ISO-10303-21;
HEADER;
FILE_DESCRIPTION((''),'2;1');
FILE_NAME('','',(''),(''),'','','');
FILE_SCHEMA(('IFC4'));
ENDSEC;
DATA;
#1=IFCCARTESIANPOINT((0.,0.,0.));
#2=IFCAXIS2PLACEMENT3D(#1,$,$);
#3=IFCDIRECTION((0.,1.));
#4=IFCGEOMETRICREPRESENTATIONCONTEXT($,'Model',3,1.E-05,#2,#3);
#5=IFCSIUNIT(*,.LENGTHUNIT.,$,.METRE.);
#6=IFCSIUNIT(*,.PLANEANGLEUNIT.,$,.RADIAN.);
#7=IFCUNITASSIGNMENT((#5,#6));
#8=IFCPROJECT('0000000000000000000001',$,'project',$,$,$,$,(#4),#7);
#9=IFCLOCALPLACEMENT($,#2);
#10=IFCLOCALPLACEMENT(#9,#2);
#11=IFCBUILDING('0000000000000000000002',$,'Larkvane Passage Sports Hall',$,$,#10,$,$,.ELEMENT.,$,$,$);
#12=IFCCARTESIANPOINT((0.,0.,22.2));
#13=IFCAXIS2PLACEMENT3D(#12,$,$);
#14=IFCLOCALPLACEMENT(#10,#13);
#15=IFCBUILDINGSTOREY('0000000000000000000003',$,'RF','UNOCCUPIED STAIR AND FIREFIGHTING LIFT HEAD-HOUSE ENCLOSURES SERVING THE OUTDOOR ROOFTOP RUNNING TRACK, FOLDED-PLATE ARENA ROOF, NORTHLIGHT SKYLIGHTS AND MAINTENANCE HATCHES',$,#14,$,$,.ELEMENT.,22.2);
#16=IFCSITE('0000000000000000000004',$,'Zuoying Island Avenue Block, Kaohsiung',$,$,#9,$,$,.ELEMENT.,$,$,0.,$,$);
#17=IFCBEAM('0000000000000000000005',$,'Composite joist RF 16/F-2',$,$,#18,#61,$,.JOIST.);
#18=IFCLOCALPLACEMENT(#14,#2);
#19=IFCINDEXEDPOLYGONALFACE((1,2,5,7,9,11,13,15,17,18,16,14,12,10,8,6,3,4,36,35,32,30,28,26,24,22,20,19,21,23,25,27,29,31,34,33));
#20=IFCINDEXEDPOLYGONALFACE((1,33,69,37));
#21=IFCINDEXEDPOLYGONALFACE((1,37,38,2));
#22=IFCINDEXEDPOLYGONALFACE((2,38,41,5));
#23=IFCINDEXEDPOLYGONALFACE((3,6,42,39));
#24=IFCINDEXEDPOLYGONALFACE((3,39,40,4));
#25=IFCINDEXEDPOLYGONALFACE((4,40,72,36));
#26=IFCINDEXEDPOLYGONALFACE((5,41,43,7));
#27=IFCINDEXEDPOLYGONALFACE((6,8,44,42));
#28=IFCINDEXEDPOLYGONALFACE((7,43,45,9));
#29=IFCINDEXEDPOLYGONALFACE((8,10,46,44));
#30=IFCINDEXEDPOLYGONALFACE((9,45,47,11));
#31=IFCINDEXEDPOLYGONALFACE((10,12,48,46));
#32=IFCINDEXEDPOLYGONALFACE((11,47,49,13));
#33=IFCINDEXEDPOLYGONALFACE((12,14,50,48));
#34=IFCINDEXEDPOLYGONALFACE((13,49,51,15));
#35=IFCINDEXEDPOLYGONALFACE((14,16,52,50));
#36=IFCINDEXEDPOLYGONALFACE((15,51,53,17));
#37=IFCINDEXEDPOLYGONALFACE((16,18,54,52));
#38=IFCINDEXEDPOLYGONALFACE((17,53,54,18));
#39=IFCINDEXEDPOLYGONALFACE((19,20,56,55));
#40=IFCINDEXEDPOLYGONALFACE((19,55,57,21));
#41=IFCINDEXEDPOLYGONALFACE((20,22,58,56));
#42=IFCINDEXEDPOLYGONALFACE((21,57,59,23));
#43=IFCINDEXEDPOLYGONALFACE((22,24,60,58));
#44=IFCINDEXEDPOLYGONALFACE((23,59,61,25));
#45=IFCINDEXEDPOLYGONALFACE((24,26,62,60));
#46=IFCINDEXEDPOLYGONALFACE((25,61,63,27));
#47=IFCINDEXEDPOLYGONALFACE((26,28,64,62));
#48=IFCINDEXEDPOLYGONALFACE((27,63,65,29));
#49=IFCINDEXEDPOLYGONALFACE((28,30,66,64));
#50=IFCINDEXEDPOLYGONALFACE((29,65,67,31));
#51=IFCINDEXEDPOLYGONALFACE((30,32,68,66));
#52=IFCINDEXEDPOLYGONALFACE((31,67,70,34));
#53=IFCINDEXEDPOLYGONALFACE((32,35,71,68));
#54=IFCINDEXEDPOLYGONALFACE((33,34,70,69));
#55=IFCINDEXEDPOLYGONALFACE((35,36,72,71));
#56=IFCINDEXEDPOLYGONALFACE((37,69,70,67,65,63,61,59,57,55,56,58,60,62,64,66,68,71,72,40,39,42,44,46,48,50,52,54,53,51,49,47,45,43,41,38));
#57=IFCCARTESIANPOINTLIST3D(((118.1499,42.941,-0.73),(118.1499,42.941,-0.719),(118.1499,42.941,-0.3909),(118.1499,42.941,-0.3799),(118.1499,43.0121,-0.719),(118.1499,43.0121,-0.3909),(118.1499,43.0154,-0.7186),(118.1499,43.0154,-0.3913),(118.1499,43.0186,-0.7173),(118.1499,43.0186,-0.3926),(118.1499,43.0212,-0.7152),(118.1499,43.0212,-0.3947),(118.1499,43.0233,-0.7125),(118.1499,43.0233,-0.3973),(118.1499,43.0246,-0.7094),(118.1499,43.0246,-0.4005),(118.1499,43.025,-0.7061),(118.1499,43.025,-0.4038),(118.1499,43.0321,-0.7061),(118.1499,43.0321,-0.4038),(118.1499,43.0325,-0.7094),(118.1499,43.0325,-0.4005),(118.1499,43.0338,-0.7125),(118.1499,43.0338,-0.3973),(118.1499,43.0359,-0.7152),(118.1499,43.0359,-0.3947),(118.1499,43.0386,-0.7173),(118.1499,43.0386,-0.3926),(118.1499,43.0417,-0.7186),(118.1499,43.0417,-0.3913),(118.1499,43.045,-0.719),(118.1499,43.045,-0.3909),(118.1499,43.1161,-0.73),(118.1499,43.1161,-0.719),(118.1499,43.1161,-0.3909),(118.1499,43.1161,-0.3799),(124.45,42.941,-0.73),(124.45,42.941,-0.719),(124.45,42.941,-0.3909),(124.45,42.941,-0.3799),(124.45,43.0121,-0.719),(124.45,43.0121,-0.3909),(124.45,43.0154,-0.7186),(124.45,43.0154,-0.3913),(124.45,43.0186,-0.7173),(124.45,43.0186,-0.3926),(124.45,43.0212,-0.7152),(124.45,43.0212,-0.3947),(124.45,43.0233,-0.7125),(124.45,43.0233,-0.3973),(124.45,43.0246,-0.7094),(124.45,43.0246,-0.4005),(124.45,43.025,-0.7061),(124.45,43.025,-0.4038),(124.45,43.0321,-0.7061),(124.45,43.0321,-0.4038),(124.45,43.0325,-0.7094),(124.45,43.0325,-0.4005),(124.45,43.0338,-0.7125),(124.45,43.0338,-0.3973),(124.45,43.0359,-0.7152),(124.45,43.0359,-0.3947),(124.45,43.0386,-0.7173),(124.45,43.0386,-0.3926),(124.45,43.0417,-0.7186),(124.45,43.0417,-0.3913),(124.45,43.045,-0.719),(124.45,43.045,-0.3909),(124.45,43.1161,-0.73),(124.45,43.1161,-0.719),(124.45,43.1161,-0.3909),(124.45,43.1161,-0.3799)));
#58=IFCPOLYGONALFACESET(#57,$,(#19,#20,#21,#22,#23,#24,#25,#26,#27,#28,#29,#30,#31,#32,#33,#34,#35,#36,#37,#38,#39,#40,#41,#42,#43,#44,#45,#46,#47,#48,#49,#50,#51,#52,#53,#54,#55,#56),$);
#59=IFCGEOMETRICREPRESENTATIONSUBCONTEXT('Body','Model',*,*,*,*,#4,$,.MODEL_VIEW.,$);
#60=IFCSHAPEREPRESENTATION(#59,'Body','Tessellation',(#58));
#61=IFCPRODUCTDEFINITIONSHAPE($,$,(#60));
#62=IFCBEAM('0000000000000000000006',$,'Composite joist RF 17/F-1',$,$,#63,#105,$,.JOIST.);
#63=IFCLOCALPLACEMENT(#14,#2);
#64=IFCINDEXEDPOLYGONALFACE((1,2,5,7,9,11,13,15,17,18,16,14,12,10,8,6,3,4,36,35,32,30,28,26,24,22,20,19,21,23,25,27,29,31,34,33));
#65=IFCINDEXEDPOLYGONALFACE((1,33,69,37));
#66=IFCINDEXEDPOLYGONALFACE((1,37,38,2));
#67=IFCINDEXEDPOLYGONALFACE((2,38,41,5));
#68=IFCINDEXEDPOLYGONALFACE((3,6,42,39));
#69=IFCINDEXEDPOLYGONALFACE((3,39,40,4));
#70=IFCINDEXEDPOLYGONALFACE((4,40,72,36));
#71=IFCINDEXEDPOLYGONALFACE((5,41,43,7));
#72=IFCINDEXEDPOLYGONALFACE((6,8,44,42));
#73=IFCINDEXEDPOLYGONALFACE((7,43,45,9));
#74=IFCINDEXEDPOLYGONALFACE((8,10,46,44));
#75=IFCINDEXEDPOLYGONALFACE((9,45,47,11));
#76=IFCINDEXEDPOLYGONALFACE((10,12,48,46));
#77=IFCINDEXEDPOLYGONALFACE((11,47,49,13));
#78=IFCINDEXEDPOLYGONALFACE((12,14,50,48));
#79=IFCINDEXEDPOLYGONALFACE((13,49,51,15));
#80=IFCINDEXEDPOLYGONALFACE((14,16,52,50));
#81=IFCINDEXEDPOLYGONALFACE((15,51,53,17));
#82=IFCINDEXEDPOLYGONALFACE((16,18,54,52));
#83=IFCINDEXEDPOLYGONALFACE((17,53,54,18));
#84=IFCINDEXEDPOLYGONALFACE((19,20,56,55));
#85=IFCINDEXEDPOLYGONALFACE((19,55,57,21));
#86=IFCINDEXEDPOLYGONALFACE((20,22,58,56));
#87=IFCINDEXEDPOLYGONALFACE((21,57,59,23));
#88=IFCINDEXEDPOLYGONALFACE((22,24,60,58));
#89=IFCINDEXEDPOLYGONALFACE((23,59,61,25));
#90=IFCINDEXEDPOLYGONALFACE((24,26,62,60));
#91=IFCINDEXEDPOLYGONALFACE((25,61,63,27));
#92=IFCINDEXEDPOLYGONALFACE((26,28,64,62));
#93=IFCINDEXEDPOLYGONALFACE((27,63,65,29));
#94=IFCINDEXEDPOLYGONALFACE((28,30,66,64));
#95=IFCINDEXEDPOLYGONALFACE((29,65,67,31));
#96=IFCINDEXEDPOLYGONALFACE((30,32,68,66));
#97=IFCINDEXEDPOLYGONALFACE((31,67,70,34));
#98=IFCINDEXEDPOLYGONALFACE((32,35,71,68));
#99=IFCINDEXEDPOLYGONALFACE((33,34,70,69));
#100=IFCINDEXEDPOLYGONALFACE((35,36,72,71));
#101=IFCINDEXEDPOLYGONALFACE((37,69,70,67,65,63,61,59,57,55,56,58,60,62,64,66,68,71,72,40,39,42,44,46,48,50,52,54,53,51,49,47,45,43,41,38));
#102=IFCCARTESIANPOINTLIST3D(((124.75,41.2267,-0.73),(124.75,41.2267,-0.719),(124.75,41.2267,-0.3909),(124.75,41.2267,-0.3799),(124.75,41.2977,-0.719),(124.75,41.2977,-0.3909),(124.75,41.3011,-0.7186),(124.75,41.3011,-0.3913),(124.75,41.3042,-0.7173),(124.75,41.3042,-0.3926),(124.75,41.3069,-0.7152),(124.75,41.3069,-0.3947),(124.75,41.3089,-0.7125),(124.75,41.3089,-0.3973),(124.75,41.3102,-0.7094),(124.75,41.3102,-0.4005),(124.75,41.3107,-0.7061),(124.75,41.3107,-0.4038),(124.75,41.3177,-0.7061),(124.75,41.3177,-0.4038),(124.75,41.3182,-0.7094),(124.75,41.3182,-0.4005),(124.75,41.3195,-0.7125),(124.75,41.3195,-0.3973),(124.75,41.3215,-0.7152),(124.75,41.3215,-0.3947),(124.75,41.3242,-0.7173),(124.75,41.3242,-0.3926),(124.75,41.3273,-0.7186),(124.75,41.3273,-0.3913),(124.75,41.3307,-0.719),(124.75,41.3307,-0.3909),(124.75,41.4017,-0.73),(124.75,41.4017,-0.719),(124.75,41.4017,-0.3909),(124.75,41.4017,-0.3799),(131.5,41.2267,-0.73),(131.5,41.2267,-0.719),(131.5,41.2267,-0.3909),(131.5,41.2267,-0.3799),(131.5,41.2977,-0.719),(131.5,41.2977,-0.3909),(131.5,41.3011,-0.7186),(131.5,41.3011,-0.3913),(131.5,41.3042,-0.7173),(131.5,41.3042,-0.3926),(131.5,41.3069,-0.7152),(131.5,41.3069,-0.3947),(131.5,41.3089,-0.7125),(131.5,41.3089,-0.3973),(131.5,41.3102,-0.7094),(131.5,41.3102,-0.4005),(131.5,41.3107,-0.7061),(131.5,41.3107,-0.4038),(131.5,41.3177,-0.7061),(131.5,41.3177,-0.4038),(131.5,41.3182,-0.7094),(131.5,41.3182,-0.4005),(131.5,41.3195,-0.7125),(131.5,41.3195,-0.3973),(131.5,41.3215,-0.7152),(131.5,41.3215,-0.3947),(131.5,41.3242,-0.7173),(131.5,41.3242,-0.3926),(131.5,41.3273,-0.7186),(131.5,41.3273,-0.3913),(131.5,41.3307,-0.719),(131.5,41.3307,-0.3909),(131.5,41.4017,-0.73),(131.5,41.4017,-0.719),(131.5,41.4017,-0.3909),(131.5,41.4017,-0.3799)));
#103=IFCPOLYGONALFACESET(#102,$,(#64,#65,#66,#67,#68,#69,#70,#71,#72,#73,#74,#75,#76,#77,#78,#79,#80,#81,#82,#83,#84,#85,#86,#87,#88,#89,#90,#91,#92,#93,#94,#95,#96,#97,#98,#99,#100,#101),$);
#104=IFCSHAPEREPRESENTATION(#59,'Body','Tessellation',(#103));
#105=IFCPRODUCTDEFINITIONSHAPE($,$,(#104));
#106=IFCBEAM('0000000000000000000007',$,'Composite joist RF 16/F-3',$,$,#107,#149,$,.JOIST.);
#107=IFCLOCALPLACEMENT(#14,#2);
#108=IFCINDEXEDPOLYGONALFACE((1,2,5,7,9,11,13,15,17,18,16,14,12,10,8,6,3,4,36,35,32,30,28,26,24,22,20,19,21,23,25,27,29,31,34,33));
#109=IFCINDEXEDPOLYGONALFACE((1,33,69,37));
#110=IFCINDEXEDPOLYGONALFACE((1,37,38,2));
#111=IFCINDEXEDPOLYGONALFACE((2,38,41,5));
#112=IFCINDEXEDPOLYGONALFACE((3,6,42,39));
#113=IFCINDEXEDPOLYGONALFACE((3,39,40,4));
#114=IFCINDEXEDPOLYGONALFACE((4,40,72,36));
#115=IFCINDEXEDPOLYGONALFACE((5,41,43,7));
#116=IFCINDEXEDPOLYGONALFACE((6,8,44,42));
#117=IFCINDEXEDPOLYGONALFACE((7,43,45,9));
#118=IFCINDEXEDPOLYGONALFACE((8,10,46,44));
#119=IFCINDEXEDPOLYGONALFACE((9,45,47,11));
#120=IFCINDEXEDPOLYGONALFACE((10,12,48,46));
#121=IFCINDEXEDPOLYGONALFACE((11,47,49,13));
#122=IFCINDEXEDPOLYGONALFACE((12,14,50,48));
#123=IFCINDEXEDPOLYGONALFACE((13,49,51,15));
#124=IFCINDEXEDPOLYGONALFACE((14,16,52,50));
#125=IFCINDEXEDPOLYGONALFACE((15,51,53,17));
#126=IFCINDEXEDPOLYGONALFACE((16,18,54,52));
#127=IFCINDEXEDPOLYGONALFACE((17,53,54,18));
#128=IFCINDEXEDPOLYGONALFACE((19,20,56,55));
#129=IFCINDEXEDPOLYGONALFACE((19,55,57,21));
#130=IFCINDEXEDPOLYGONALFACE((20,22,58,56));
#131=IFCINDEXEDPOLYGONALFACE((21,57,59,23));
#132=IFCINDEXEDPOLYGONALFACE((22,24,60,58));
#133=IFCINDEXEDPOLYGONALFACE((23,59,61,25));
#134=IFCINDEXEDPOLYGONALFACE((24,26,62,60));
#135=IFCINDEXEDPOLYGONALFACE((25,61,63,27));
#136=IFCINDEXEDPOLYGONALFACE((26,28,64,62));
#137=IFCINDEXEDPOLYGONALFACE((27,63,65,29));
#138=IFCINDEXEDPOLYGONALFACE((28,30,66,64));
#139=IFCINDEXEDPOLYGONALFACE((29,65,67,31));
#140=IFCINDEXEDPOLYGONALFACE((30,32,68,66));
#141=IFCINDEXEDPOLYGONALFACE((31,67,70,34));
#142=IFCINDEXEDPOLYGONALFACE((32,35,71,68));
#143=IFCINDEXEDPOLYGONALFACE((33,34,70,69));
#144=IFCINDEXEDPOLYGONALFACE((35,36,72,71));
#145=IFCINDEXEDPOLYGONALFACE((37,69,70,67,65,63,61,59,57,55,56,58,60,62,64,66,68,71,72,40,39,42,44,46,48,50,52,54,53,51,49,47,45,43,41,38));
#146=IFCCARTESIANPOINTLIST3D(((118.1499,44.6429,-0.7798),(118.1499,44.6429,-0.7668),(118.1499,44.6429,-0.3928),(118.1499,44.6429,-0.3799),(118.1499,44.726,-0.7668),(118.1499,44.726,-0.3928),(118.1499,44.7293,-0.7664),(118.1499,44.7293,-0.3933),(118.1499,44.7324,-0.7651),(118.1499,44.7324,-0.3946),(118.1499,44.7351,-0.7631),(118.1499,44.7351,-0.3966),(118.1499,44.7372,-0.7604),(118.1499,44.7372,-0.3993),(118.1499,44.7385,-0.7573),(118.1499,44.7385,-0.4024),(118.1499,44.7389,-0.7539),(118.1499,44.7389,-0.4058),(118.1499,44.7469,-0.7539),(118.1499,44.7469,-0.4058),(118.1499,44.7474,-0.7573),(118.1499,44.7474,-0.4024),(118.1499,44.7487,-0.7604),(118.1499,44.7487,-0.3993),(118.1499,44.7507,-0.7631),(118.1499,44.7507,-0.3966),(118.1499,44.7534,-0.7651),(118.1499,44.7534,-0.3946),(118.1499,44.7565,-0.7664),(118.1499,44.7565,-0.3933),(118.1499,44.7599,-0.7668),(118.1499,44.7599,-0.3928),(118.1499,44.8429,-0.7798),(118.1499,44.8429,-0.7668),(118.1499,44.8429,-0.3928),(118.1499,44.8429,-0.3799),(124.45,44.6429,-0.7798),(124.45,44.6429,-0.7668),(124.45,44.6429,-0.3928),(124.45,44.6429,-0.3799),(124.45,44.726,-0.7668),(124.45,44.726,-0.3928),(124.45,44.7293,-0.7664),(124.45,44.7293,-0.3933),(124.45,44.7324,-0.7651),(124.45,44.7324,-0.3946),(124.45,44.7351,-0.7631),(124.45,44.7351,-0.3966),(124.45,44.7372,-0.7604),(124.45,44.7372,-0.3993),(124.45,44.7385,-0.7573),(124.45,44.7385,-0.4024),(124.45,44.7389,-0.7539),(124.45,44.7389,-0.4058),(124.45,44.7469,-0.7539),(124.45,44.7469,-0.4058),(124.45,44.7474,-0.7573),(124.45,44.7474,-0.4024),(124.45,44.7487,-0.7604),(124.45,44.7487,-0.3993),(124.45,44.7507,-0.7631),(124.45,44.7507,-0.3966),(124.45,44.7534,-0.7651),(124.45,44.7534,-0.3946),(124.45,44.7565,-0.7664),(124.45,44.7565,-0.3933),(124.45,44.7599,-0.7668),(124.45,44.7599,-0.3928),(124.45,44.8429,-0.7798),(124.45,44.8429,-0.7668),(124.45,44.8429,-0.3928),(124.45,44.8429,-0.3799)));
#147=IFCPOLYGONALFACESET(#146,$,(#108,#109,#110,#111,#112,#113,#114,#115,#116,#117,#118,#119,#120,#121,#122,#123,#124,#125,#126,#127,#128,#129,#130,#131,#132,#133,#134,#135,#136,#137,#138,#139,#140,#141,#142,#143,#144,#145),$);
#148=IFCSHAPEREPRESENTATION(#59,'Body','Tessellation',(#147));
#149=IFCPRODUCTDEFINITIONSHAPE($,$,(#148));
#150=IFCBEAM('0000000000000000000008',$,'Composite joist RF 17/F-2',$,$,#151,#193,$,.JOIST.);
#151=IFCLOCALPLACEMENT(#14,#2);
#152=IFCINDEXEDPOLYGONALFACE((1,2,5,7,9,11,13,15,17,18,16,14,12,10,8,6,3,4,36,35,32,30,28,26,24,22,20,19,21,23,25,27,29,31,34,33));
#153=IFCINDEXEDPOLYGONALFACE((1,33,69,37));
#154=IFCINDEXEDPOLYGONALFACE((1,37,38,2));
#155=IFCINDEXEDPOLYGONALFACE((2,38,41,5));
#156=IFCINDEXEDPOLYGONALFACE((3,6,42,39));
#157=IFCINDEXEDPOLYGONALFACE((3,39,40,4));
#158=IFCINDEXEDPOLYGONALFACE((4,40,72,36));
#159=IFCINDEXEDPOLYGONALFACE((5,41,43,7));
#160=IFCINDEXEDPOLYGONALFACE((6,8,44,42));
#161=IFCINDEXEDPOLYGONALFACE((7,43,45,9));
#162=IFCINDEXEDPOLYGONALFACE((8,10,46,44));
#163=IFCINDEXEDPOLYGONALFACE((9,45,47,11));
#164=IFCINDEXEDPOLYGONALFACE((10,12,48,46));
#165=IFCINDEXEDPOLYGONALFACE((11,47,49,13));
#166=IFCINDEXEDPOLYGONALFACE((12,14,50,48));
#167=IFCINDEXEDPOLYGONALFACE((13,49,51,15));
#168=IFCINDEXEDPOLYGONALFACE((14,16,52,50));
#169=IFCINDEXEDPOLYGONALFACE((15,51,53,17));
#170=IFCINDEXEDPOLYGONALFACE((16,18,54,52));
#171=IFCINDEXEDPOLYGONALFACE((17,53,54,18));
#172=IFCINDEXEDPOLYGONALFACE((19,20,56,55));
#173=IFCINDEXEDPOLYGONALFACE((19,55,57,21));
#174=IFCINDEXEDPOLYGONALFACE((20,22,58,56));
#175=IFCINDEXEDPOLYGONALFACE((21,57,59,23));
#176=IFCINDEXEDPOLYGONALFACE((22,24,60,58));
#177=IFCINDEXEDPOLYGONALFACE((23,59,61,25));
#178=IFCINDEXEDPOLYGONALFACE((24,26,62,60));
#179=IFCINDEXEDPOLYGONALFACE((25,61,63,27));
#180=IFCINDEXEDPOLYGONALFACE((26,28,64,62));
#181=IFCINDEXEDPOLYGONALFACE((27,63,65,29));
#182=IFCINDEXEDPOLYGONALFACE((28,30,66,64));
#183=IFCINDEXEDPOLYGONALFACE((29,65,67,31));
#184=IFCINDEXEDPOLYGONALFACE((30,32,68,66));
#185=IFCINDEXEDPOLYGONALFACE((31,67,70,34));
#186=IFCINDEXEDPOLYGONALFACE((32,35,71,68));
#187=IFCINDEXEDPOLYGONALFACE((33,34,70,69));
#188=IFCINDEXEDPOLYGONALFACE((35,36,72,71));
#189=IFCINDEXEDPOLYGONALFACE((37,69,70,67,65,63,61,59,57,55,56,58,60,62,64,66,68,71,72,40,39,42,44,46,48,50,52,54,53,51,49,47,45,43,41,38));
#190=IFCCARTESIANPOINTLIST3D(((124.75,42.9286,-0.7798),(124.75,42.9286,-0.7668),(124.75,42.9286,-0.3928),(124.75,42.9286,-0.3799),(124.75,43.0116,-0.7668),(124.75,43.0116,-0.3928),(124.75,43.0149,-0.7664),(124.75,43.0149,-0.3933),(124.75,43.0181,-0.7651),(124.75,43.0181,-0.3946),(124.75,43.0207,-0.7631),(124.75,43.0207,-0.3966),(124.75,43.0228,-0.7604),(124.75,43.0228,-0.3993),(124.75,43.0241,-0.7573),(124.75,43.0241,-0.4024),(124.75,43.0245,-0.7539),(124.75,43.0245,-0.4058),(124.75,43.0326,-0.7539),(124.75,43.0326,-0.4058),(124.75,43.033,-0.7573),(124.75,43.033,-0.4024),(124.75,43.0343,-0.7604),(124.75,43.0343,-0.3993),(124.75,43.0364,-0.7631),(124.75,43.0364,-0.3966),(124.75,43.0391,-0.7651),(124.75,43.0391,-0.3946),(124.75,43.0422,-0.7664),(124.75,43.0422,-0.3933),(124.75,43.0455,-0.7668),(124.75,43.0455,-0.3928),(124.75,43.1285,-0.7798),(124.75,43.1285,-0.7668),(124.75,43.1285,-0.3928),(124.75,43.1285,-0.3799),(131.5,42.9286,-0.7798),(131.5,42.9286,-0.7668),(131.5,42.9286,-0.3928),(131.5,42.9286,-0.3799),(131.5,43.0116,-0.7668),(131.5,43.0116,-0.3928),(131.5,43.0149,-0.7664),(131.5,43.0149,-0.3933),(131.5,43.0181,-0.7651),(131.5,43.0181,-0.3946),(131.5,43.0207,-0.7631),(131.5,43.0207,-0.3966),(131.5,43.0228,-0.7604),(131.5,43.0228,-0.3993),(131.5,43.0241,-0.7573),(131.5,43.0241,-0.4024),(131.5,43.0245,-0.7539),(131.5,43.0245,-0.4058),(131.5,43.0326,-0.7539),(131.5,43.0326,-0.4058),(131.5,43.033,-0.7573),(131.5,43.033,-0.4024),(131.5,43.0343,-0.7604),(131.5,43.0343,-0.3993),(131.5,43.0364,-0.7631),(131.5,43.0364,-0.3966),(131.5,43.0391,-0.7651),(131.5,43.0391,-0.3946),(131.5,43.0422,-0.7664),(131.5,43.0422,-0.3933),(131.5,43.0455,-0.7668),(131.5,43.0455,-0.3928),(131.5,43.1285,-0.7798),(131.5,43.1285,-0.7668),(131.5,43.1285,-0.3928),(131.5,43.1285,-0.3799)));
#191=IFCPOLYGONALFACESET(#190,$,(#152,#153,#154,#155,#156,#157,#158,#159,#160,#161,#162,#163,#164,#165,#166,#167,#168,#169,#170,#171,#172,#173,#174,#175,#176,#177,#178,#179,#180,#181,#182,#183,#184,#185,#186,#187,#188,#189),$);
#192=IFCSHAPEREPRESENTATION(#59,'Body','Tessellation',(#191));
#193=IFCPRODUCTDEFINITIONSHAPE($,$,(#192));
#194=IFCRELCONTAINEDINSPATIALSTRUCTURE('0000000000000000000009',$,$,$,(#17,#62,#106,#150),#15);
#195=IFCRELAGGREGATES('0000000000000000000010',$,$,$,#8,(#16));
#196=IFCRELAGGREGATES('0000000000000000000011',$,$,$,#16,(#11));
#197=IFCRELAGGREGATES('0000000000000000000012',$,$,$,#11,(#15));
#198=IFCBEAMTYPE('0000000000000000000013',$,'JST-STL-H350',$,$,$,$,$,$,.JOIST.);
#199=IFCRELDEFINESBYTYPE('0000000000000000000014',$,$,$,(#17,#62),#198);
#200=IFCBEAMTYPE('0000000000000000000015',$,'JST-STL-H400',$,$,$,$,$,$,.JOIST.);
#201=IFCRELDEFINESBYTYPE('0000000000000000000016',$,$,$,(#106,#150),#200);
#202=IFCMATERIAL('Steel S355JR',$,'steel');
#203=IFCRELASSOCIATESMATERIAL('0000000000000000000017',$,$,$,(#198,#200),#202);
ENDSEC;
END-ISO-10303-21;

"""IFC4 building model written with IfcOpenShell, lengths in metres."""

from ifc_helpers import new_model, si_unit, direction, frame, origin, origin_2d, place, context, subcontext, project, spatial, i_section, extrude, material, material_profile, profile_set, type_object, element, save


model = new_model("IFC4")

# Units and contexts
model_context = context("Model", 3, precision=1e-05, world=origin(), true_north=direction((0.0, 1.0)))
body_context = subcontext(model_context, "Body", "Model", "MODEL_VIEW")
ifc_project = project(units=[si_unit("LENGTHUNIT", "METRE"), si_unit("PLANEANGLEUNIT", "RADIAN")], contexts=[model_context])

# Site, building, storey
site_placement = place(None, origin())
site = spatial("IfcSite", under=ifc_project, at=site_placement, Name="Zuoying Island Avenue Block, Kaohsiung", CompositionType="ELEMENT", RefElevation=0.0)
building_placement = place(site_placement, origin())
building = spatial("IfcBuilding", under=site, at=building_placement, Name="Larkvane Passage Sports Hall", CompositionType="ELEMENT")
storey_placement = place(building_placement, frame((0.0, 0.0, 22.2)))
storey = spatial("IfcBuildingStorey", under=building, at=storey_placement, Name="RF", Description="UNOCCUPIED STAIR AND FIREFIGHTING LIFT HEAD-HOUSE ENCLOSURES SERVING THE OUTDOOR ROOFTOP RUNNING TRACK, FOLDED-PLATE ARENA ROOF, NORTHLIGHT SKYLIGHTS AND MAINTENANCE HATCHES", CompositionType="ELEMENT", Elevation=22.2)

# Beams
ifc_material_1 = material(Name="Steel S355JR", Category="steel")
ifc_material_profile_1 = material_profile(ifc_material_1, i_section(OverallWidth=0.175, OverallDepth=0.3501, WebThickness=0.0071, FlangeThickness=0.011, FilletRadius=0.0129, at=origin_2d()), Name="H-350x175x7x11")
ifc_profile_set_1 = profile_set([ifc_material_profile_1], Name="Steel S355JR")
beam_type_1 = type_object("IfcBeamType", Name="JST-STL-H350", PredefinedType="JOIST", material=ifc_profile_set_1)
beam_1_placement = place(storey_placement, frame((118.1499, 43.0286, -0.5549), z_axis=(1.0, 0.0, 0.0), x_axis=(0.0, 1.0, 0.0)))
element("IfcBeam", 1, at=beam_1_placement, inside=storey, type_object=beam_type_1, Name="Composite joist RF 16/F-2", PredefinedType="JOIST", context=body_context, shape_type="SweptSolid", body=[
    extrude(i_section(OverallWidth=0.175, OverallDepth=0.3501, WebThickness=0.0071, FlangeThickness=0.011, FilletRadius=0.0129, at=origin_2d()), origin(), (0.0, 0.0, 1.0), 6.3),
])
beam_2_placement = place(storey_placement, frame((124.75, 41.3142, -0.5549), z_axis=(1.0, 0.0, 0.0), x_axis=(0.0, 1.0, 0.0)))
element("IfcBeam", 2, at=beam_2_placement, inside=storey, type_object=beam_type_1, Name="Composite joist RF 17/F-1", PredefinedType="JOIST", context=body_context, shape_type="SweptSolid", body=[
    extrude(i_section(OverallWidth=0.175, OverallDepth=0.3501, WebThickness=0.0071, FlangeThickness=0.011, FilletRadius=0.0129, at=origin_2d()), origin(), (0.0, 0.0, 1.0), 6.75),
])
ifc_material_profile_2 = material_profile(ifc_material_1, i_section(OverallWidth=0.2, OverallDepth=0.3999, WebThickness=0.0081, FlangeThickness=0.0129, FilletRadius=0.0129, at=origin_2d()), Name="H-400x200x8x13")
ifc_profile_set_2 = profile_set([ifc_material_profile_2], Name="Steel S355JR")
beam_type_2 = type_object("IfcBeamType", Name="JST-STL-H400", PredefinedType="JOIST", material=ifc_profile_set_2)
beam_3_placement = place(storey_placement, frame((118.1499, 44.7429, -0.5798), z_axis=(1.0, 0.0, 0.0), x_axis=(0.0, 1.0, 0.0)))
element("IfcBeam", 3, at=beam_3_placement, inside=storey, type_object=beam_type_2, Name="Composite joist RF 16/F-3", PredefinedType="JOIST", context=body_context, shape_type="SweptSolid", body=[
    extrude(i_section(OverallWidth=0.2, OverallDepth=0.3999, WebThickness=0.0081, FlangeThickness=0.0129, FilletRadius=0.0129, at=origin_2d()), origin(), (0.0, 0.0, 1.0), 6.3),
])
beam_4_placement = place(storey_placement, frame((124.75, 43.0286, -0.5798), z_axis=(1.0, 0.0, 0.0), x_axis=(0.0, 1.0, 0.0)))
element("IfcBeam", 4, at=beam_4_placement, inside=storey, type_object=beam_type_2, Name="Composite joist RF 17/F-2", PredefinedType="JOIST", context=body_context, shape_type="SweptSolid", body=[
    extrude(i_section(OverallWidth=0.2, OverallDepth=0.3999, WebThickness=0.0081, FlangeThickness=0.0129, FilletRadius=0.0129, at=origin_2d()), origin(), (0.0, 0.0, 1.0), 6.75),
])

save(model, "model.ifc")
